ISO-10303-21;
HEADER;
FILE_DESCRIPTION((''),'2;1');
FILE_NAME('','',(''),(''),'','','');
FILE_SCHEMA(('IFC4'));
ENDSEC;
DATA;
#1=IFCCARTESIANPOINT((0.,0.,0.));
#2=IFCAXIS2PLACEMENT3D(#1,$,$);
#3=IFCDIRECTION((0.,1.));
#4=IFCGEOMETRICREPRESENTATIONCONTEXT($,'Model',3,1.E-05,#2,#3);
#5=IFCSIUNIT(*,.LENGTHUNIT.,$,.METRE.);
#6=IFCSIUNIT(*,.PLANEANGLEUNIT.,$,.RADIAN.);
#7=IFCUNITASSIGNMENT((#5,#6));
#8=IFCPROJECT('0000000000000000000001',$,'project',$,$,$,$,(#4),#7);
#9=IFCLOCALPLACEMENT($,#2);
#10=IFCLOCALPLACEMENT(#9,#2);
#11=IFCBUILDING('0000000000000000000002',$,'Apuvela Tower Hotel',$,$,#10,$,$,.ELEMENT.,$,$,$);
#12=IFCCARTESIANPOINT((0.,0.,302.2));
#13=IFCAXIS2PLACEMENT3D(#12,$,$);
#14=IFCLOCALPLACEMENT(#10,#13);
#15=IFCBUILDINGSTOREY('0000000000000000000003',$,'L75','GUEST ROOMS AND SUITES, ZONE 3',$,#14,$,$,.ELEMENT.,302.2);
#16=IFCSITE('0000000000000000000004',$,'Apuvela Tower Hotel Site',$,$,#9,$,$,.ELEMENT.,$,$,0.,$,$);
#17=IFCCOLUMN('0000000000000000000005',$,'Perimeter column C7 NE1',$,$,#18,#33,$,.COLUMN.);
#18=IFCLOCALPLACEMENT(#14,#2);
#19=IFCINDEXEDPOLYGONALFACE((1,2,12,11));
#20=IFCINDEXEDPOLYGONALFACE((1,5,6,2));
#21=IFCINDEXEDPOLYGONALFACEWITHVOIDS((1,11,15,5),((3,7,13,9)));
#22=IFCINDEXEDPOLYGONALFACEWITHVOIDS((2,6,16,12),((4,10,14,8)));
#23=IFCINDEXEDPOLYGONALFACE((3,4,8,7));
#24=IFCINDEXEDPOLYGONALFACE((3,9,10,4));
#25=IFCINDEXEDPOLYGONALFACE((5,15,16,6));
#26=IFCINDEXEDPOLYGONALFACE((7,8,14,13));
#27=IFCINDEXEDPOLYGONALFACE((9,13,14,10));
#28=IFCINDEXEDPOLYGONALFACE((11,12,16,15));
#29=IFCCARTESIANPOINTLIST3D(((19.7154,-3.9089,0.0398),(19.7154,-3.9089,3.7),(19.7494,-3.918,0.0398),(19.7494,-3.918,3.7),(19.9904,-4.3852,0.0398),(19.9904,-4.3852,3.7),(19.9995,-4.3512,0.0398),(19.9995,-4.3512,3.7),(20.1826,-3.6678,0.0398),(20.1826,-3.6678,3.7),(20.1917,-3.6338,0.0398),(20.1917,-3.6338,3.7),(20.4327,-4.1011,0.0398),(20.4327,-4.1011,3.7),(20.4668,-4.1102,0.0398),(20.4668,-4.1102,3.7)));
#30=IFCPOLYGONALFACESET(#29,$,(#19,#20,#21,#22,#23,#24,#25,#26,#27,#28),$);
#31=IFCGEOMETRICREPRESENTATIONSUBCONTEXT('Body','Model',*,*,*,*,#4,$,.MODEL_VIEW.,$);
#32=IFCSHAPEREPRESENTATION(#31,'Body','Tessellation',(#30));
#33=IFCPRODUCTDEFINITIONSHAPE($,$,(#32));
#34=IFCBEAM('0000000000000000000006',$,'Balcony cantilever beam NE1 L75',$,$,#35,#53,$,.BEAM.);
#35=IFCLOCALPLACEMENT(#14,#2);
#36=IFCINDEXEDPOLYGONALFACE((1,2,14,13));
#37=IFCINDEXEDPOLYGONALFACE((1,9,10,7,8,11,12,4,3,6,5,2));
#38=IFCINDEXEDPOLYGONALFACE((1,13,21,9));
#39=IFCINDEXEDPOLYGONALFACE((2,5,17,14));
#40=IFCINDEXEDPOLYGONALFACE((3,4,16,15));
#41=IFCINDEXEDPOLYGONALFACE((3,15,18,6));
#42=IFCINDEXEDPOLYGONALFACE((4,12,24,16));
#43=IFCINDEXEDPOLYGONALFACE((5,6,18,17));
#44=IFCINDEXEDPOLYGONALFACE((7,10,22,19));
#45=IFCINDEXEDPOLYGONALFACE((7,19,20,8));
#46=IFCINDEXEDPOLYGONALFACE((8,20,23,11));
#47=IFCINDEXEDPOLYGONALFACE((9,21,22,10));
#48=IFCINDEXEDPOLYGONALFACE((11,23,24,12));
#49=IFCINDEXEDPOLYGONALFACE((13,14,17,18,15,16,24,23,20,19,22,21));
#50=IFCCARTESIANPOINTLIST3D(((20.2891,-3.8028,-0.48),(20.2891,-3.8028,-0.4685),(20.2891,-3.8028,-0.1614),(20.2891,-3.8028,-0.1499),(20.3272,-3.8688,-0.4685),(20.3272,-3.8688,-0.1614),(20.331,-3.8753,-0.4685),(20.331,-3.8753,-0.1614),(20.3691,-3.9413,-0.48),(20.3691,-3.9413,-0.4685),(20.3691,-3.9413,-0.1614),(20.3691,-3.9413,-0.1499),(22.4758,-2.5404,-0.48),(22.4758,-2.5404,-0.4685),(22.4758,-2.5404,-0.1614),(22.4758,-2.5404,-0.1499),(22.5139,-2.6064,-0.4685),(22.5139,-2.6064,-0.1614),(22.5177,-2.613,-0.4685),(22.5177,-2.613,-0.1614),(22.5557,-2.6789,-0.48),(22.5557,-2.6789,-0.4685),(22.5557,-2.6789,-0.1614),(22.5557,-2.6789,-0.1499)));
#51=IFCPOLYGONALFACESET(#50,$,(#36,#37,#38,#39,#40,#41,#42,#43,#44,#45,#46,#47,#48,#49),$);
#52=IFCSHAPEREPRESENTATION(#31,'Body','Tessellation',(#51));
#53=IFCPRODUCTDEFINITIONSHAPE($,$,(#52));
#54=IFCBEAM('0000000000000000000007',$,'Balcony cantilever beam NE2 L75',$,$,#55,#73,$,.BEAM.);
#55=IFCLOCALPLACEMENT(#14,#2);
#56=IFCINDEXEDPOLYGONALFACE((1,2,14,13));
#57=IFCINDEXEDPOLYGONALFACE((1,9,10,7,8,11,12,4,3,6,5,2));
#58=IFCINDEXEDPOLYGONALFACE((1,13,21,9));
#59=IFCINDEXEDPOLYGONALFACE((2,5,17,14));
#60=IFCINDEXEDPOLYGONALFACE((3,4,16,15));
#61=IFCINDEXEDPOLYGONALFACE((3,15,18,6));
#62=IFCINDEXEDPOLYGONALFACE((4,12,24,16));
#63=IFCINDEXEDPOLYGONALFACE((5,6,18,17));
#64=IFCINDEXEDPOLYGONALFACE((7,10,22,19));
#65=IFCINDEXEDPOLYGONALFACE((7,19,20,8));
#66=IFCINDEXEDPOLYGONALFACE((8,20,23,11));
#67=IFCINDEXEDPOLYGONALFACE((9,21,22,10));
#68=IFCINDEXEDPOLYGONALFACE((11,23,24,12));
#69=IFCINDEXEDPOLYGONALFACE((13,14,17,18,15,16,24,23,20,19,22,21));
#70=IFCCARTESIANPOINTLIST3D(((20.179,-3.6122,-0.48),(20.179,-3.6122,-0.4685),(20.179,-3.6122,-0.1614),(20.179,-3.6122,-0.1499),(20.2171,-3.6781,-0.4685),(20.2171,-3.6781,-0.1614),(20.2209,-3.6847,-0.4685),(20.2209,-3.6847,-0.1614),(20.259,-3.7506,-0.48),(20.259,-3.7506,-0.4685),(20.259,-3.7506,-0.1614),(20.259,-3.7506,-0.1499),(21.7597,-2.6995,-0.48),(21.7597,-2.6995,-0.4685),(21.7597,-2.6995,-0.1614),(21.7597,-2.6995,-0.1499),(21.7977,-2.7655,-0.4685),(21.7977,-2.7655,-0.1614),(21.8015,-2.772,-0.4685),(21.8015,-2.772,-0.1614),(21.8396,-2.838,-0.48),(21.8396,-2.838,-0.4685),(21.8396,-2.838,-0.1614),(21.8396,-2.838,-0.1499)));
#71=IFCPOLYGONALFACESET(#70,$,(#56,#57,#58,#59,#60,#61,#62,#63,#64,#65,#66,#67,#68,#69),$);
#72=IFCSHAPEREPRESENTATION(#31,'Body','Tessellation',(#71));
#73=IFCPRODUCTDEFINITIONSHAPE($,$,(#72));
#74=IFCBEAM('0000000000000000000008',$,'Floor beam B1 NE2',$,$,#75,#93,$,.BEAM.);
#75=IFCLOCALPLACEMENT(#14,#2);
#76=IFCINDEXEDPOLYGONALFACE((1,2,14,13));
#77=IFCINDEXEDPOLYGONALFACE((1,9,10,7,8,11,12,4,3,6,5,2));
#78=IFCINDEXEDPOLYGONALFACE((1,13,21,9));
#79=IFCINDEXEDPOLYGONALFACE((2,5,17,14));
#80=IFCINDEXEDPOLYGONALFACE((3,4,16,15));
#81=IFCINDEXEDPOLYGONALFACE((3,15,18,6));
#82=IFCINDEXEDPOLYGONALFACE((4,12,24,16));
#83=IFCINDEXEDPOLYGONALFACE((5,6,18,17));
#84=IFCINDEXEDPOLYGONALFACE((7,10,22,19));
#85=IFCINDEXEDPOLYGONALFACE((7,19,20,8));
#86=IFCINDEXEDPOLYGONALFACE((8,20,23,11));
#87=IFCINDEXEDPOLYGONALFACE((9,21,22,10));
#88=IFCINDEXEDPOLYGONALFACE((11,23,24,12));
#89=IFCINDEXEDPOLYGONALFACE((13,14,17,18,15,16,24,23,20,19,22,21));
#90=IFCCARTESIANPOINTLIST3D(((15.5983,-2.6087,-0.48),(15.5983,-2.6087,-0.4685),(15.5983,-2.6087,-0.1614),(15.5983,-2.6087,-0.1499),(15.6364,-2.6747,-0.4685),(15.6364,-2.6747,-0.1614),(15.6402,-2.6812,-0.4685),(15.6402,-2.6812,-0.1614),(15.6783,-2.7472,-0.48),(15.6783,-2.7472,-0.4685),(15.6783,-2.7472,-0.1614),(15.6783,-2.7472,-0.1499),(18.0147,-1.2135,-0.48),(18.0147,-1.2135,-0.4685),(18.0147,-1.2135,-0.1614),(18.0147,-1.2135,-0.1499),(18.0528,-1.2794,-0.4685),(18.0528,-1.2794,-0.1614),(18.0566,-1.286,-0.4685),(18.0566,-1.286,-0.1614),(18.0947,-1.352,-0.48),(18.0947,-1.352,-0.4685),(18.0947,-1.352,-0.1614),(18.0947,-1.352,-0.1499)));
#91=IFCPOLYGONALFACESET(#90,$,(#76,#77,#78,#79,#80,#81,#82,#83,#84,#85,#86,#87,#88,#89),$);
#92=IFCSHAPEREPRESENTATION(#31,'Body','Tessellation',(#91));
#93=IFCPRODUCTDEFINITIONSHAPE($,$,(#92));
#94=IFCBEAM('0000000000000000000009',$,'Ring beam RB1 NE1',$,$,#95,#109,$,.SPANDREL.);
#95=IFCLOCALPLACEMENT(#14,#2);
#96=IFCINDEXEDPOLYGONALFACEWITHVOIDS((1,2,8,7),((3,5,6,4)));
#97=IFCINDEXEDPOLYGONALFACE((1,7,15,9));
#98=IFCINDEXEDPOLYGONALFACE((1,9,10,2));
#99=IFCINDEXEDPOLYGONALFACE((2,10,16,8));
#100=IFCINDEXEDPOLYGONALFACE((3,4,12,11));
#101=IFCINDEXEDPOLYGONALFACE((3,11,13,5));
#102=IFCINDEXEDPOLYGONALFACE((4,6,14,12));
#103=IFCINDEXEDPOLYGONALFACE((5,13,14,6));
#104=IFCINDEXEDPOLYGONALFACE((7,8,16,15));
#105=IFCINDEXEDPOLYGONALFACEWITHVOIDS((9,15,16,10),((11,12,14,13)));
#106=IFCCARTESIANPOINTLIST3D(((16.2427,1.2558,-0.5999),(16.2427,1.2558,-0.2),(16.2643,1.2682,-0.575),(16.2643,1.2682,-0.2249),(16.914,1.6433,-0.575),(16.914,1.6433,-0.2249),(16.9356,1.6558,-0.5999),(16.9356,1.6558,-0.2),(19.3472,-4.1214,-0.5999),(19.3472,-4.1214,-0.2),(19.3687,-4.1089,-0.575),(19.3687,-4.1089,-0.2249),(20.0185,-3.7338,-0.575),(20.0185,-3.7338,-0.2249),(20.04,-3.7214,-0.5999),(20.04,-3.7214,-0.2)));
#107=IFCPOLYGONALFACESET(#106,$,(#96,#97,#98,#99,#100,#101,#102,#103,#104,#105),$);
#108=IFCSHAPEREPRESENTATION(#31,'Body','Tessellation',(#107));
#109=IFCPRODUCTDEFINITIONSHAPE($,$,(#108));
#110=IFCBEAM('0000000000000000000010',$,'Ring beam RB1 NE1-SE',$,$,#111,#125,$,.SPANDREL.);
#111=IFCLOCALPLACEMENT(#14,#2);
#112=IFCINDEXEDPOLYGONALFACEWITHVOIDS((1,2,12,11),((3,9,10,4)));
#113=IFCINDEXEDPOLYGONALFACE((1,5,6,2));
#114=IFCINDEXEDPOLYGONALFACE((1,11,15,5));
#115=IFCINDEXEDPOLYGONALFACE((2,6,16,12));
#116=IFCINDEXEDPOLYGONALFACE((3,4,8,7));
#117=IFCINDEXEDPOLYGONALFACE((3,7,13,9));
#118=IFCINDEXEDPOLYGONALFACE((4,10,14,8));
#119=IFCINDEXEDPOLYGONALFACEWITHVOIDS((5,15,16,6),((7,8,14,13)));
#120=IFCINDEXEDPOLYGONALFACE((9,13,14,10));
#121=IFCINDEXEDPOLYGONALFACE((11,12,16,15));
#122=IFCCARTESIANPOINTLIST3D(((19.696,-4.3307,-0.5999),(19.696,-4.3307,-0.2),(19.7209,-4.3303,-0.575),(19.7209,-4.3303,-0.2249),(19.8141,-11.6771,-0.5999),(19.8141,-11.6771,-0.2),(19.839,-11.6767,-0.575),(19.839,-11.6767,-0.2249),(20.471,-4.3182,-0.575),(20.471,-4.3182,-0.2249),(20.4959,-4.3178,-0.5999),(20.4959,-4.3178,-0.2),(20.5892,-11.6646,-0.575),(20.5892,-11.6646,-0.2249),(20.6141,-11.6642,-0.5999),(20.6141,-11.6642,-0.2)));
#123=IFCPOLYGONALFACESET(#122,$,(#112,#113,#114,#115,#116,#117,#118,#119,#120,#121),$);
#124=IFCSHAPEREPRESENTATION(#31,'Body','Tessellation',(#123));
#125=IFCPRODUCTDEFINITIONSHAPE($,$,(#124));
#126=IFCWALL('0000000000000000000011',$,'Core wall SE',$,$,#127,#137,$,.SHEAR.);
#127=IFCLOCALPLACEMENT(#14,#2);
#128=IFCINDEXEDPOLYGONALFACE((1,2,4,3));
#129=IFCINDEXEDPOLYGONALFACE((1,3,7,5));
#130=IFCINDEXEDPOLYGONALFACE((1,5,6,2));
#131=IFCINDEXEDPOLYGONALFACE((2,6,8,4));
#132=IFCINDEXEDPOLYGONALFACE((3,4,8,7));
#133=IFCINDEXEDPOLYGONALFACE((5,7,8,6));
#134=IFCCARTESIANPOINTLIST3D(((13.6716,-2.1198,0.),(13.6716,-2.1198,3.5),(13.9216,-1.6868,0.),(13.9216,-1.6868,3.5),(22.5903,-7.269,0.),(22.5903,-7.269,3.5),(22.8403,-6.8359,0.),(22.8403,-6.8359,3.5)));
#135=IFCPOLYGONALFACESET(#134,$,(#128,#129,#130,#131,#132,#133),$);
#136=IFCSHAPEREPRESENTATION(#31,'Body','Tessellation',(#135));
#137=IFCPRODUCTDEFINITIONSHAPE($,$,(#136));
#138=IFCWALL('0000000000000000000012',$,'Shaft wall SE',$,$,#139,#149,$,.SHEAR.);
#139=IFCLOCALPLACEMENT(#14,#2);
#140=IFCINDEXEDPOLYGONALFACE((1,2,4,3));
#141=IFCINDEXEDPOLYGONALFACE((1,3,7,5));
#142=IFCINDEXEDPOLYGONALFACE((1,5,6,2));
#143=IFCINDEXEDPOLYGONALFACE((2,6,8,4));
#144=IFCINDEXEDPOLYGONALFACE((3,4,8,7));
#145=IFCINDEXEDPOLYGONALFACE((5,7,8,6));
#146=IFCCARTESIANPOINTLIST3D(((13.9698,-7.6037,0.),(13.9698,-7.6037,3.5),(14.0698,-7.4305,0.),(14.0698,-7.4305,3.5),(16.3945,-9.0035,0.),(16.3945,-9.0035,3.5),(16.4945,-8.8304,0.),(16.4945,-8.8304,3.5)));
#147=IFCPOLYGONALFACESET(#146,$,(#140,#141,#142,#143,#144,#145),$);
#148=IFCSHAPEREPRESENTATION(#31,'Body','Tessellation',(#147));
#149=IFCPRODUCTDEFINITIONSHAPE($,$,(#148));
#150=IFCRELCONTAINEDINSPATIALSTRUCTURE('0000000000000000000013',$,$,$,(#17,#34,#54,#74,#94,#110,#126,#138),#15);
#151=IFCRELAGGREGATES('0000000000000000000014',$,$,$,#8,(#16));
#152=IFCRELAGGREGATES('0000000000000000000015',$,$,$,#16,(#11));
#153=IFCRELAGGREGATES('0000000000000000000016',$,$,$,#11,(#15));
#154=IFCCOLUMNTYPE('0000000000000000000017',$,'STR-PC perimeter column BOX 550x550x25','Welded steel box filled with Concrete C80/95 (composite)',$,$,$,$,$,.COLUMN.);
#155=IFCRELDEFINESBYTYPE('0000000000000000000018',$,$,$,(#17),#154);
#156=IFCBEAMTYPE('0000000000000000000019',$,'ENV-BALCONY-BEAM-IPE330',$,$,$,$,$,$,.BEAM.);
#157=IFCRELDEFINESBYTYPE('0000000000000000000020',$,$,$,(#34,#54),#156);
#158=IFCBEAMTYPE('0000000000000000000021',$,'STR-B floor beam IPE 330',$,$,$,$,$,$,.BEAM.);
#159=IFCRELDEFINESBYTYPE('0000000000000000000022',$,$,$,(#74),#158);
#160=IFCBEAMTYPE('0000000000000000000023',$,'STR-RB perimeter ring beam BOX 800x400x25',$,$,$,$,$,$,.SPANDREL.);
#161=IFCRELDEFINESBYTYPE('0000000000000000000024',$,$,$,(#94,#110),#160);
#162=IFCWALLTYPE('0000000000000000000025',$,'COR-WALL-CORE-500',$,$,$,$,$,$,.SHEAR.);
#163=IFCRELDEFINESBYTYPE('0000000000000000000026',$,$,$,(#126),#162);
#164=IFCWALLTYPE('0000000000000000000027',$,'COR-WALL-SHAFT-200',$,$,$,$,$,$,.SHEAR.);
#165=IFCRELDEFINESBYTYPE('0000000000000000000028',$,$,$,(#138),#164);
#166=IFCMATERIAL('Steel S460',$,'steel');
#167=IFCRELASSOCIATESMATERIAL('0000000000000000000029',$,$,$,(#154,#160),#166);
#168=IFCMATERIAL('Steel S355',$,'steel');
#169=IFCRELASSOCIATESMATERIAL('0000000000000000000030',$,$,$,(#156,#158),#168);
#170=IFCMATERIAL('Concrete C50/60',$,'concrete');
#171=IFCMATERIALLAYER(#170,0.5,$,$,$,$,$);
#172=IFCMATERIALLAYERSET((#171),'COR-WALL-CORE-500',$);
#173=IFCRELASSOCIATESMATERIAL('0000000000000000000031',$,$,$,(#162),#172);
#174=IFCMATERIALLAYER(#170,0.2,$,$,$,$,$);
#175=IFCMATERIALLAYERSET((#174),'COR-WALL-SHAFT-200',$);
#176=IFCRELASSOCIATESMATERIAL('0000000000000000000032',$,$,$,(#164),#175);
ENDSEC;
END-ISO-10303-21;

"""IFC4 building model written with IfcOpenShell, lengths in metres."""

from ifc_helpers import new_model, si_unit, direction, frame, frame_2d, origin, origin_2d, place, context, subcontext, project, spatial, rectangle, hollow_rectangle, i_section, extrude, boolean, halfspace, material, layer, layer_set, material_profile, profile_set, type_object, element, save


model = new_model("IFC4")

# Units and contexts
model_context = context("Model", 3, precision=1e-05, world=origin(), true_north=direction((0.0, 1.0)))
body_context = subcontext(model_context, "Body", "Model", "MODEL_VIEW")
ifc_project = project(units=[si_unit("LENGTHUNIT", "METRE"), si_unit("PLANEANGLEUNIT", "RADIAN")], contexts=[model_context])

# Site, building, storey
site_placement = place(None, origin())
site = spatial("IfcSite", under=ifc_project, at=site_placement, Name="Apuvela Tower Hotel Site", CompositionType="ELEMENT", RefElevation=0.0)
building_placement = place(site_placement, origin())
building = spatial("IfcBuilding", under=site, at=building_placement, Name="Apuvela Tower Hotel", CompositionType="ELEMENT")
storey_placement = place(building_placement, frame((0.0, 0.0, 302.2)))
storey = spatial("IfcBuildingStorey", under=building, at=storey_placement, Name="L75", Description="GUEST ROOMS AND SUITES, ZONE 3", CompositionType="ELEMENT", Elevation=302.2)

# Column
ifc_material_1 = material(Name="Steel S460", Category="steel")
ifc_material_profile_1 = material_profile(ifc_material_1, hollow_rectangle(XDim=0.55, YDim=0.55, WallThickness=0.0249, at=origin_2d()), Name="BOX 550x550x25")
ifc_material_2 = material(Name="Concrete C80/95", Category="concrete")
ifc_material_profile_2 = material_profile(ifc_material_2, rectangle(XDim=0.5, YDim=0.5, at=origin_2d()), Name="Concrete C80/95 infill")
ifc_profile_set_1 = profile_set([ifc_material_profile_1, ifc_material_profile_2], Name="Steel S460")
column_type = type_object("IfcColumnType", Name="STR-PC perimeter column BOX 550x550x25", Description="Welded steel box filled with Concrete C80/95 (composite)", PredefinedType="COLUMN", material=ifc_profile_set_1)
column_placement = place(storey_placement, frame((20.0911, -4.0095, 0.0), z_axis=(0.0, 0.0, 1.0), x_axis=(-0.5, 0.866025, 0.0)))
element("IfcColumn", 1, at=column_placement, inside=storey, type_object=column_type, Name="Perimeter column C7 NE1", PredefinedType="COLUMN", context=body_context, shape_type="SweptSolid", body=[
    boolean("DIFFERENCE", extrude(hollow_rectangle(XDim=0.55, YDim=0.55, WallThickness=0.0249, at=origin_2d()), origin(), (0.0, 0.0, 1.0), 3.7), halfspace(frame((0.0, 0.0, 0.0398), z_axis=(0.0, 0.0, 1.0), x_axis=(1.0, 0.0, 0.0)), True)),
])

# Beams
ifc_material_3 = material(Name="Steel S355", Category="steel")
ifc_material_profile_3 = material_profile(ifc_material_3, i_section(OverallWidth=0.1599, OverallDepth=0.3301, WebThickness=0.0076, FlangeThickness=0.0115, at=origin_2d()), Name="IPE 330")
ifc_profile_set_2 = profile_set([ifc_material_profile_3], Name="Steel S355")
beam_type_1 = type_object("IfcBeamType", Name="ENV-BALCONY-BEAM-IPE330", PredefinedType="BEAM", material=ifc_profile_set_2)
beam_1_placement = place(storey_placement, frame((20.3291, -3.8721, -0.3149), z_axis=(0.866039, 0.499976, 0.0), x_axis=(-0.499976, 0.866039, 0.0)))
element("IfcBeam", 2, at=beam_1_placement, inside=storey, type_object=beam_type_1, Name="Balcony cantilever beam NE1 L75", PredefinedType="BEAM", context=body_context, shape_type="SweptSolid", body=[
    extrude(i_section(OverallWidth=0.1599, OverallDepth=0.3301, WebThickness=0.0076, FlangeThickness=0.0115, at=origin_2d()), origin(), (0.0, 0.0, 1.0), 2.5249),
])
beam_2_placement = place(storey_placement, frame((20.219, -3.6814, -0.3149), z_axis=(0.866012, 0.500024, 0.0), x_axis=(-0.500024, 0.866012, 0.0)))
element("IfcBeam", 3, at=beam_2_placement, inside=storey, type_object=beam_type_1, Name="Balcony cantilever beam NE2 L75", PredefinedType="BEAM", context=body_context, shape_type="SweptSolid", body=[
    extrude(i_section(OverallWidth=0.1599, OverallDepth=0.3301, WebThickness=0.0076, FlangeThickness=0.0115, at=origin_2d()), origin(), (0.0, 0.0, 1.0), 1.8252),
])
ifc_material_profile_4 = material_profile(ifc_material_3, i_section(OverallWidth=0.1599, OverallDepth=0.3301, WebThickness=0.0076, FlangeThickness=0.0115, at=origin_2d()), Name="IPE 330")
ifc_profile_set_3 = profile_set([ifc_material_profile_4], Name="Steel S355")
beam_type_2 = type_object("IfcBeamType", Name="STR-B floor beam IPE 330", PredefinedType="BEAM", material=ifc_profile_set_3)
beam_3_placement = place(storey_placement, frame((18.0547, -1.2827, -0.3149), z_axis=(-0.866011, -0.500025, 0.0), x_axis=(0.500025, -0.866011, 0.0)))
element("IfcBeam", 4, at=beam_3_placement, inside=storey, type_object=beam_type_2, Name="Floor beam B1 NE2", PredefinedType="BEAM", context=body_context, shape_type="SweptSolid", body=[
    extrude(i_section(OverallWidth=0.1599, OverallDepth=0.3301, WebThickness=0.0076, FlangeThickness=0.0115, at=origin_2d()), origin(), (0.0, 0.0, 1.0), 2.7903),
])
ifc_material_profile_5 = material_profile(ifc_material_1, hollow_rectangle(XDim=0.8, YDim=0.3999, WallThickness=0.0249, at=origin_2d()), Name="BOX 800x400x25")
ifc_profile_set_4 = profile_set([ifc_material_profile_5], Name="Steel S460")
beam_type_3 = type_object("IfcBeamType", Name="STR-RB perimeter ring beam BOX 800x400x25", PredefinedType="SPANDREL", material=ifc_profile_set_4)
beam_4_placement = place(storey_placement, frame((19.6936, -3.9214, -0.3999), z_axis=(-0.499996, 0.866028, 0.0), x_axis=(-0.866028, -0.499996, 0.0)))
element("IfcBeam", 5, at=beam_4_placement, inside=storey, type_object=beam_type_3, Name="Ring beam RB1 NE1", PredefinedType="SPANDREL", context=body_context, shape_type="SweptSolid", body=[
    extrude(hollow_rectangle(XDim=0.8, YDim=0.3999, WallThickness=0.0249, at=origin_2d()), origin(), (0.0, 0.0, 1.0), 6.209),
])
beam_5_placement = place(storey_placement, frame((20.0959, -4.3242, -0.3999), z_axis=(0.016082, -0.999871, 0.0), x_axis=(0.999871, 0.016082, 0.0)))
element("IfcBeam", 6, at=beam_5_placement, inside=storey, type_object=beam_type_3, Name="Ring beam RB1 NE1-SE", PredefinedType="SPANDREL", context=body_context, shape_type="SweptSolid", body=[
    extrude(hollow_rectangle(XDim=0.8, YDim=0.3999, WallThickness=0.0249, at=origin_2d()), origin(), (0.0, 0.0, 1.0), 7.3474),
])

# Walls
ifc_material_4 = material(Name="Concrete C50/60", Category="concrete")
ifc_layer_1 = layer(ifc_material_4, 0.5)
ifc_layer_set_1 = layer_set([ifc_layer_1], Name="COR-WALL-CORE-500")
wall_type_1 = type_object("IfcWallType", Name="COR-WALL-CORE-500", PredefinedType="SHEAR", material=ifc_layer_set_1)
wall_1_placement = place(storey_placement, frame((13.7966, -1.9033, 0.0), z_axis=(0.0, 0.0, 1.0), x_axis=(0.866027, -0.499997, 0.0)))
element("IfcWall", 7, at=wall_1_placement, inside=storey, type_object=wall_type_1, Name="Core wall SE", PredefinedType="SHEAR", context=body_context, shape_type="SweptSolid", body=[
    extrude(rectangle(XDim=10.2983, YDim=0.5, at=frame_2d((5.1492, 0.0))), origin(), (0.0, 0.0, 1.0), 3.5),
])
ifc_layer_2 = layer(ifc_material_4, 0.2)
ifc_layer_set_2 = layer_set([ifc_layer_2], Name="COR-WALL-SHAFT-200")
wall_type_2 = type_object("IfcWallType", Name="COR-WALL-SHAFT-200", PredefinedType="SHEAR", material=ifc_layer_set_2)
wall_2_placement = place(storey_placement, frame((14.0198, -7.5171, 0.0), z_axis=(0.0, 0.0, 1.0), x_axis=(0.866035, -0.499984, 0.0)))
element("IfcWall", 8, at=wall_2_placement, inside=storey, type_object=wall_type_2, Name="Shaft wall SE", PredefinedType="SHEAR", context=body_context, shape_type="SweptSolid", body=[
    extrude(rectangle(XDim=2.7998, YDim=0.2, at=frame_2d((1.3999, 0.0))), origin(), (0.0, 0.0, 1.0), 3.5),
])

save(model, "model.ifc")
